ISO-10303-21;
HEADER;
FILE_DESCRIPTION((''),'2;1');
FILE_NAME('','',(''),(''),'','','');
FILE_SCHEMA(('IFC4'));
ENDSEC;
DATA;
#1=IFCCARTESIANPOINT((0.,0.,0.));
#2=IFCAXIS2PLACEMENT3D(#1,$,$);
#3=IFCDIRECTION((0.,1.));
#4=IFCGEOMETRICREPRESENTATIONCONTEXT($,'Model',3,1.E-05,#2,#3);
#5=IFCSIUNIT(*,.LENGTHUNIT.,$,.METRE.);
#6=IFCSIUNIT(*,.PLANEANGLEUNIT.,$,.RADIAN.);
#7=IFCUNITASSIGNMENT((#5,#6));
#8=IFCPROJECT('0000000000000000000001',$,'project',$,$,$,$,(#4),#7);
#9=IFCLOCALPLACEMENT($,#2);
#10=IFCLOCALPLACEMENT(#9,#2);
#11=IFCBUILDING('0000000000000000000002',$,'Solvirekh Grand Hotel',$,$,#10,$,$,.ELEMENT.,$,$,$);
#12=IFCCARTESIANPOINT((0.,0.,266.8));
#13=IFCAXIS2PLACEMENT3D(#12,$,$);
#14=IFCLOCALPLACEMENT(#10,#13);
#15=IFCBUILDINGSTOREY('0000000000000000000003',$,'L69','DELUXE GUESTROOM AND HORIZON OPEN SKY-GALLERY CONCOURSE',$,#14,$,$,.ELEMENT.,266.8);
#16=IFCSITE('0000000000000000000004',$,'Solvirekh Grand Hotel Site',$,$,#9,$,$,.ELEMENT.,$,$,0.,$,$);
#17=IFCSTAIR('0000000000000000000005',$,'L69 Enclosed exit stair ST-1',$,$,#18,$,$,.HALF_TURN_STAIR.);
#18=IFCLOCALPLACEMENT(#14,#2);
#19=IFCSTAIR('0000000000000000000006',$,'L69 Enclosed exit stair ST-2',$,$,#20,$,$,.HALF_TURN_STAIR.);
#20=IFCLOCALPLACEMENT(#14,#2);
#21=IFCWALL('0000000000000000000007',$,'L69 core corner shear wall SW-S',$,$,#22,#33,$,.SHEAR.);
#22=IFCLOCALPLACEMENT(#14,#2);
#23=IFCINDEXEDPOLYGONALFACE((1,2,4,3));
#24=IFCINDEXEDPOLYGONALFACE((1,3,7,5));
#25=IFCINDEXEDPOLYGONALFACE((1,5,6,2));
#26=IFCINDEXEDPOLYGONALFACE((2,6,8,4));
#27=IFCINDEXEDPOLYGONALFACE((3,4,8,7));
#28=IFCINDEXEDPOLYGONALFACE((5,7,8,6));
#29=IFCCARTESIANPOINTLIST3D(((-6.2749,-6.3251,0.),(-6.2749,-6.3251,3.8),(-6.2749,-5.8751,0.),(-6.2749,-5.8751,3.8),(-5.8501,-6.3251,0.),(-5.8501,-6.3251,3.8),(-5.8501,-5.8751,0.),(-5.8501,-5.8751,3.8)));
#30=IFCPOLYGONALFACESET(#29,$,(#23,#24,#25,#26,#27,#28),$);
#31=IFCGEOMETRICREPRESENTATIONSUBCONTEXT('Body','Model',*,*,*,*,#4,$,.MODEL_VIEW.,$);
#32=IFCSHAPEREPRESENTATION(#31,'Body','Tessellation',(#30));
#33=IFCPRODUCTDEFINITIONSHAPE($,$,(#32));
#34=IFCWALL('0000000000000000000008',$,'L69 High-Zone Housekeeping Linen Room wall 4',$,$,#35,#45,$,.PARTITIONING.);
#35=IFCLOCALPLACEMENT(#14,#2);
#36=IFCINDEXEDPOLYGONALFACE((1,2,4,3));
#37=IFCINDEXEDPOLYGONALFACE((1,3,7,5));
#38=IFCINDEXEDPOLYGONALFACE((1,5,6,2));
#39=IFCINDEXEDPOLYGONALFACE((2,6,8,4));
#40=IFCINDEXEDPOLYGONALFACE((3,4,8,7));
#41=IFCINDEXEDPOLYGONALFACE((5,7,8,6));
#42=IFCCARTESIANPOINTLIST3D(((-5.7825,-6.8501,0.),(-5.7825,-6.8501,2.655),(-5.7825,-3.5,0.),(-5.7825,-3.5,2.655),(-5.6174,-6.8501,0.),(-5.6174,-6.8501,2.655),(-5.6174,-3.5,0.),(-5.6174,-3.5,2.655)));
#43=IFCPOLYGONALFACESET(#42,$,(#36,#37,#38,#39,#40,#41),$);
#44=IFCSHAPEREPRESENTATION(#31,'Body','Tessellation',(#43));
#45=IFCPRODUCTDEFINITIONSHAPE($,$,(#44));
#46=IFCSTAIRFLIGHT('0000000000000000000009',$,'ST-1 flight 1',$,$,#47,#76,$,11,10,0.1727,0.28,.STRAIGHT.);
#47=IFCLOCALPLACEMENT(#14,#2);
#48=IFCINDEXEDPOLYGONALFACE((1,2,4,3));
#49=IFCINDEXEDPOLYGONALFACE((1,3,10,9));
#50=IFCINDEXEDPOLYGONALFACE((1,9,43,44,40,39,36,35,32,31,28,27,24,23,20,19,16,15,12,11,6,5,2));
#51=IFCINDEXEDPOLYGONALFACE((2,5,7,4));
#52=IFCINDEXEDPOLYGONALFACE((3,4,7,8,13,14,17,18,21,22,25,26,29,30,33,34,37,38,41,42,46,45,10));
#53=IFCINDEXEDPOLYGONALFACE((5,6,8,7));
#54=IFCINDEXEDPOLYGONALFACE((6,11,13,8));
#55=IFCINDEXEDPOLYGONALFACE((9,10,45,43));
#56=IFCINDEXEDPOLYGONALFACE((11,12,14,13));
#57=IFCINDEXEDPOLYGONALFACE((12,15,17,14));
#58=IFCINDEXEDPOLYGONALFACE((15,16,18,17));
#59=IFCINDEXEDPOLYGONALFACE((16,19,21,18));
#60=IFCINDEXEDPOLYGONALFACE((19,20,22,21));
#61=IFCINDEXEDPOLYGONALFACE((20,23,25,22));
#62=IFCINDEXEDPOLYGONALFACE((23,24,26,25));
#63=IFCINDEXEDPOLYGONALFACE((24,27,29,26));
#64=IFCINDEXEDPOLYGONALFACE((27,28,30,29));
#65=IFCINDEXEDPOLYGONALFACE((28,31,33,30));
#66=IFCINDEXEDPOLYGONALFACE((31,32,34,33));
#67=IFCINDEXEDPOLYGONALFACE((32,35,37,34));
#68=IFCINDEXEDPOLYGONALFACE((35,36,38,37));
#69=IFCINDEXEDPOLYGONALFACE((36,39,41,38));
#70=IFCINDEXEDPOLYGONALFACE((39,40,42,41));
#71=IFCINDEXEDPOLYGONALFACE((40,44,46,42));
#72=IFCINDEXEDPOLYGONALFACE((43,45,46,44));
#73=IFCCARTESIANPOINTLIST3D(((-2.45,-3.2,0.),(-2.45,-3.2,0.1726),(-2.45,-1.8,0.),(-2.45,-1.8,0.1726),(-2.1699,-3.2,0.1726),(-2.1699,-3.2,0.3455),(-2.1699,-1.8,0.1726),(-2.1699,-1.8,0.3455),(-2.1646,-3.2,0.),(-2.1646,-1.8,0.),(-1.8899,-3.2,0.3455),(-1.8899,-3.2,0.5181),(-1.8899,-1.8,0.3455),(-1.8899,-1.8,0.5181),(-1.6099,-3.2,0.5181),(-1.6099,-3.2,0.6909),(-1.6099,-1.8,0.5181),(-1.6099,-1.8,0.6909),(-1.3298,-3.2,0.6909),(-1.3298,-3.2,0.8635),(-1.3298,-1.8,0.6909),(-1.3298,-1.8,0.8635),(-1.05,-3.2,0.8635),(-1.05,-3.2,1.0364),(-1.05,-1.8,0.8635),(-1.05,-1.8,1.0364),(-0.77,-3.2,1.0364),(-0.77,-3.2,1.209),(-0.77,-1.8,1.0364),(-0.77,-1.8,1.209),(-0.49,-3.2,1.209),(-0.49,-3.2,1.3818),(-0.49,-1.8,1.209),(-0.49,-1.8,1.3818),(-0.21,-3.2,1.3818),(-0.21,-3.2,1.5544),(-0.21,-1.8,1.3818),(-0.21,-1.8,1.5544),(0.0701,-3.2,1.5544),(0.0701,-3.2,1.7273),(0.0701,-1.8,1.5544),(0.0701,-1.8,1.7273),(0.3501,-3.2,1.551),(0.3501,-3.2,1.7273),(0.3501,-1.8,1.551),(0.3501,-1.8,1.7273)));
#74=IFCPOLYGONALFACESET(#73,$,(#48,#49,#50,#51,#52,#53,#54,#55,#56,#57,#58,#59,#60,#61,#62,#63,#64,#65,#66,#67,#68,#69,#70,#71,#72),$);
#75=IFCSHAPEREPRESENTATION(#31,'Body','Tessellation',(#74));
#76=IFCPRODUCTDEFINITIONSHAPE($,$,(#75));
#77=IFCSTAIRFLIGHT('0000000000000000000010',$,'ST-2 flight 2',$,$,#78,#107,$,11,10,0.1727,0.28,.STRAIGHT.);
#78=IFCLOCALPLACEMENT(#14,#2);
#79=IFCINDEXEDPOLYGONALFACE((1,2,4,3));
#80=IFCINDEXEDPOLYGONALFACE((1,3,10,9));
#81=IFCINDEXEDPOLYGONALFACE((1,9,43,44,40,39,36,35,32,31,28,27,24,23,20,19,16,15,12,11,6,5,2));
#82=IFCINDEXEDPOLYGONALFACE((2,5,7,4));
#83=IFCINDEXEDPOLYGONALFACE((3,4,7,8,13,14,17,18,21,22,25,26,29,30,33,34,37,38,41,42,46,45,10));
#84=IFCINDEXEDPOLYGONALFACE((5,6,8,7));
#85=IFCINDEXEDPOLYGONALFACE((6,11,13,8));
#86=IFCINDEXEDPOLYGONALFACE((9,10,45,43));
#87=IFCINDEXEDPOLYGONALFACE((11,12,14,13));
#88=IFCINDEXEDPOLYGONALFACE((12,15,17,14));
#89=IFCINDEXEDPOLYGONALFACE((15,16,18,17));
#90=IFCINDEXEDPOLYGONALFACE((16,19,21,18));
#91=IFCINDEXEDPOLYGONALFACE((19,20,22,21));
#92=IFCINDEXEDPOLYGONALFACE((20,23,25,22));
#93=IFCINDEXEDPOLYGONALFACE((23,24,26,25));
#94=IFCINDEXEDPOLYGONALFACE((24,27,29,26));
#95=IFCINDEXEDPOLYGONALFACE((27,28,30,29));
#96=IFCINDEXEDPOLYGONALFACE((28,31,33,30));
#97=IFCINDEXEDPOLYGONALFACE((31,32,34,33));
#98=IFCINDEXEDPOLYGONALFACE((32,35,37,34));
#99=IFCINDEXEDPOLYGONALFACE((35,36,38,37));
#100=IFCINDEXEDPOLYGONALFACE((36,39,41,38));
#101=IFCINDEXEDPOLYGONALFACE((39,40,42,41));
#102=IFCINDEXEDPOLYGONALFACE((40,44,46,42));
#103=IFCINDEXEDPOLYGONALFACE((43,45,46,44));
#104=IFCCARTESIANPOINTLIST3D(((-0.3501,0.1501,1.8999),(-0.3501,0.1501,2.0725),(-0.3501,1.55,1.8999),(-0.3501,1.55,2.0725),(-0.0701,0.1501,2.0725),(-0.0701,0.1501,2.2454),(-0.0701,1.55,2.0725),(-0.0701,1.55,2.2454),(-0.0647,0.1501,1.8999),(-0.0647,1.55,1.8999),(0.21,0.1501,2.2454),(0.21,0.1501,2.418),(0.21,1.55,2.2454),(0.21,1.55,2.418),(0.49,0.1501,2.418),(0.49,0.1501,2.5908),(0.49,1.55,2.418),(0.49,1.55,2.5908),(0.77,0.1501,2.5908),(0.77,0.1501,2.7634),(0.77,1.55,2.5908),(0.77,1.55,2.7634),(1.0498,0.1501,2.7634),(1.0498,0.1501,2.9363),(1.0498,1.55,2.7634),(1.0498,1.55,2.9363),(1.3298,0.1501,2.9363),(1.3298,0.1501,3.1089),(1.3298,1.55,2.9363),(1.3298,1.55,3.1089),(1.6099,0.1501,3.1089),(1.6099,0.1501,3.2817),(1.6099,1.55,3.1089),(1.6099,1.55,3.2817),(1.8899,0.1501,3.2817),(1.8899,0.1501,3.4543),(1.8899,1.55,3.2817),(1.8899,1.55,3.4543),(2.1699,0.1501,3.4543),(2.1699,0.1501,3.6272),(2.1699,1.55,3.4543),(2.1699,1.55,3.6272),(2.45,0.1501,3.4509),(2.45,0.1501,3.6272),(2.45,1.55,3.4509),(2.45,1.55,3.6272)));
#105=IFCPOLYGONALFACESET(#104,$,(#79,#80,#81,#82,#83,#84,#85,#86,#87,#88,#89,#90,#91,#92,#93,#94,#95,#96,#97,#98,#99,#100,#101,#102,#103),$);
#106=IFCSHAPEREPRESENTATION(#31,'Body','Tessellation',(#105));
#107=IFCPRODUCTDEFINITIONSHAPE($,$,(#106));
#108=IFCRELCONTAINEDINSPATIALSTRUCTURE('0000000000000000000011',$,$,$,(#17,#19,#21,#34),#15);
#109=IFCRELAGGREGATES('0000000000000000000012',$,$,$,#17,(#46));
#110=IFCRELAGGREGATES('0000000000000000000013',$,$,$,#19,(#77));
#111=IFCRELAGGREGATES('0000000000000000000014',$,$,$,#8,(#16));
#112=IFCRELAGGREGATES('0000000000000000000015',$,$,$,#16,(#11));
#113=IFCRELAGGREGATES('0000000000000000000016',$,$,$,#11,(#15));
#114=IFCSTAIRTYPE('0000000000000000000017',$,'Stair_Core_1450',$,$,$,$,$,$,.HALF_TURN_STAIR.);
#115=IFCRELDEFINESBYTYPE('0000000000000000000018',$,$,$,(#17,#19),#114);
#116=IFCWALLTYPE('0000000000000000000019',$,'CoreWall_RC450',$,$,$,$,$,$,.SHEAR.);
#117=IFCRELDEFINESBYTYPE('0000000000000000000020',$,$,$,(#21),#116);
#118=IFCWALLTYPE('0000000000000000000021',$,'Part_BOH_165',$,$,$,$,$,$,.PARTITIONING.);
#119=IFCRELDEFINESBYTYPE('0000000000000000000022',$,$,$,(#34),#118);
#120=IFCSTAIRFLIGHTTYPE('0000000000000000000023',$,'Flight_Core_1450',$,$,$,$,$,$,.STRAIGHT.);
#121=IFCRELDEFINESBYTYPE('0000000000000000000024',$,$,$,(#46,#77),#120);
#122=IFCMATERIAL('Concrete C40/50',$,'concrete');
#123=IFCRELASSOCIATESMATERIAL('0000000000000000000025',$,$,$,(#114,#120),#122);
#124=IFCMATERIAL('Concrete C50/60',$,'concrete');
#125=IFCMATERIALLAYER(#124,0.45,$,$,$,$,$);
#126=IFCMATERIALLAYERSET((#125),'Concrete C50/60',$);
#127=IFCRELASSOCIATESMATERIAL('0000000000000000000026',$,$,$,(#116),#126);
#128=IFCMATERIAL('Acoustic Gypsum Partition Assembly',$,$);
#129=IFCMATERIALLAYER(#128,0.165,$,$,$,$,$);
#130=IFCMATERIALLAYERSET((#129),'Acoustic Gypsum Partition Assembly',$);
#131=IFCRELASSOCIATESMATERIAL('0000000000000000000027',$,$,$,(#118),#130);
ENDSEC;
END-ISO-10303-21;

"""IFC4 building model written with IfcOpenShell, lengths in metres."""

from ifc_helpers import new_model, si_unit, direction, frame, frame_2d, origin, place, context, subcontext, project, spatial, polyline, rectangle, outline, extrude, material, layer, layer_set, type_object, element, aggregate, save


model = new_model("IFC4")

# Units and contexts
model_context = context("Model", 3, precision=1e-05, world=origin(), true_north=direction((0.0, 1.0)))
body_context = subcontext(model_context, "Body", "Model", "MODEL_VIEW")
ifc_project = project(units=[si_unit("LENGTHUNIT", "METRE"), si_unit("PLANEANGLEUNIT", "RADIAN")], contexts=[model_context])

# Site, building, storey
site_placement = place(None, origin())
site = spatial("IfcSite", under=ifc_project, at=site_placement, Name="Solvirekh Grand Hotel Site", CompositionType="ELEMENT", RefElevation=0.0)
building_placement = place(site_placement, origin())
building = spatial("IfcBuilding", under=site, at=building_placement, Name="Solvirekh Grand Hotel", CompositionType="ELEMENT")
storey_placement = place(building_placement, frame((0.0, 0.0, 266.8)))
storey = spatial("IfcBuildingStorey", under=building, at=storey_placement, Name="L69", Description="DELUXE GUESTROOM AND HORIZON OPEN SKY-GALLERY CONCOURSE", CompositionType="ELEMENT", Elevation=266.8)

# Shared definitions
ifc_material_1 = material(Name="Concrete C50/60", Category="concrete")

# Stairs
ifc_material_2 = material(Name="Concrete C40/50", Category="concrete")
stair_type = type_object("IfcStairType", Name="Stair_Core_1450", PredefinedType="HALF_TURN_STAIR", material=ifc_material_2)
stair_1_placement = place(storey_placement, origin())
stair_1 = element("IfcStair", 1, at=stair_1_placement, inside=storey, type_object=stair_type, Name="L69 Enclosed exit stair ST-1", PredefinedType="HALF_TURN_STAIR")
stair_2_placement = place(storey_placement, origin())
stair_2 = element("IfcStair", 2, at=stair_2_placement, inside=storey, type_object=stair_type, Name="L69 Enclosed exit stair ST-2", PredefinedType="HALF_TURN_STAIR")

# Walls
ifc_layer_1 = layer(ifc_material_1, 0.45)
ifc_layer_set_1 = layer_set([ifc_layer_1], Name="Concrete C50/60")
wall_type_1 = type_object("IfcWallType", Name="CoreWall_RC450", PredefinedType="SHEAR", material=ifc_layer_set_1)
wall_1_placement = place(storey_placement, frame((-6.2749, -6.1001, 0.0), z_axis=(0.0, 0.0, 1.0), x_axis=(1.0, 0.0, 0.0)))
element("IfcWall", 3, at=wall_1_placement, inside=storey, type_object=wall_type_1, Name="L69 core corner shear wall SW-S", PredefinedType="SHEAR", context=body_context, shape_type="SweptSolid", body=[
    extrude(rectangle(XDim=0.4248, YDim=0.45, at=frame_2d((0.2124, 0.0))), origin(), (0.0, 0.0, 1.0), 3.8),
])
ifc_material_3 = material(Name="Acoustic Gypsum Partition Assembly")
ifc_layer_2 = layer(ifc_material_3, 0.165)
ifc_layer_set_2 = layer_set([ifc_layer_2], Name="Acoustic Gypsum Partition Assembly")
wall_type_2 = type_object("IfcWallType", Name="Part_BOH_165", PredefinedType="PARTITIONING", material=ifc_layer_set_2)
wall_2_placement = place(storey_placement, frame((-5.7, -3.5, 0.0), z_axis=(0.0, 0.0, 1.0), x_axis=(0.0, -1.0, 0.0)))
element("IfcWall", 4, at=wall_2_placement, inside=storey, type_object=wall_type_2, Name="L69 High-Zone Housekeeping Linen Room wall 4", PredefinedType="PARTITIONING", context=body_context, shape_type="SweptSolid", body=[
    extrude(rectangle(XDim=3.3501, YDim=0.165, at=frame_2d((1.675, 0.0))), origin(), (0.0, 0.0, 1.0), 2.655),
])

# Stair flights
stair_flight_type = type_object("IfcStairFlightType", Name="Flight_Core_1450", PredefinedType="STRAIGHT", material=ifc_material_2)
stair_flight_1_placement = place(storey_placement, frame((-2.45, -2.5, 0.0), z_axis=(0.0, 0.0, 1.0), x_axis=(1.0, 0.0, 0.0)))
stair_flight_1 = element("IfcStairFlight", 5, at=stair_flight_1_placement, type_object=stair_flight_type, Name="ST-1 flight 1", NumberOfRisers=11, NumberOfTreads=10, PredefinedType="STRAIGHT", RiserHeight=0.1727, TreadLength=0.28, context=body_context, shape_type="SweptSolid", body=[
    extrude(outline(polyline([(0.0, 0.0), (0.0, 0.1726), (0.28, 0.1726), (0.28, 0.3455), (0.5601, 0.3455), (0.5601, 0.5181), (0.8401, 0.5181), (0.8401, 0.6909), (1.1201, 0.6909), (1.1201, 0.8635), (1.3999, 0.8635), (1.3999, 1.0364), (1.6799, 1.0364), (1.6799, 1.209), (1.96, 1.209), (1.96, 1.3818), (2.24, 1.3818), (2.24, 1.5544), (2.52, 1.5544), (2.52, 1.7273), (2.8, 1.7273), (2.8, 1.8999), (2.8, 1.551), (0.2854, 0.0), (0.0, 0.0)])), frame((0.0, 0.7, 0.0), z_axis=(0.0, -1.0, 0.0), x_axis=(1.0, 0.0, 0.0)), (0.0, 0.0, 1.0), 1.3999),
])
aggregate(stair_1, [stair_flight_1])
stair_flight_2_placement = place(storey_placement, frame((-0.3501, 0.8501, 1.8999), z_axis=(0.0, 0.0, 1.0), x_axis=(1.0, 0.0, 0.0)))
stair_flight_2 = element("IfcStairFlight", 6, at=stair_flight_2_placement, type_object=stair_flight_type, Name="ST-2 flight 2", NumberOfRisers=11, NumberOfTreads=10, PredefinedType="STRAIGHT", RiserHeight=0.1727, TreadLength=0.28, context=body_context, shape_type="SweptSolid", body=[
    extrude(outline(polyline([(0.0, 0.0), (0.0, 0.1726), (0.28, 0.1726), (0.28, 0.3455), (0.5601, 0.3455), (0.5601, 0.5181), (0.8401, 0.5181), (0.8401, 0.6909), (1.1201, 0.6909), (1.1201, 0.8635), (1.3999, 0.8635), (1.3999, 1.0364), (1.6799, 1.0364), (1.6799, 1.209), (1.96, 1.209), (1.96, 1.3818), (2.24, 1.3818), (2.24, 1.5544), (2.52, 1.5544), (2.52, 1.7273), (2.8, 1.7273), (2.8, 1.8999), (2.8, 1.551), (0.2854, 0.0), (0.0, 0.0)])), frame((0.0, 0.7, 0.0), z_axis=(0.0, -1.0, 0.0), x_axis=(1.0, 0.0, 0.0)), (0.0, 0.0, 1.0), 1.3999),
])
aggregate(stair_2, [stair_flight_2])

save(model, "model.ifc")
